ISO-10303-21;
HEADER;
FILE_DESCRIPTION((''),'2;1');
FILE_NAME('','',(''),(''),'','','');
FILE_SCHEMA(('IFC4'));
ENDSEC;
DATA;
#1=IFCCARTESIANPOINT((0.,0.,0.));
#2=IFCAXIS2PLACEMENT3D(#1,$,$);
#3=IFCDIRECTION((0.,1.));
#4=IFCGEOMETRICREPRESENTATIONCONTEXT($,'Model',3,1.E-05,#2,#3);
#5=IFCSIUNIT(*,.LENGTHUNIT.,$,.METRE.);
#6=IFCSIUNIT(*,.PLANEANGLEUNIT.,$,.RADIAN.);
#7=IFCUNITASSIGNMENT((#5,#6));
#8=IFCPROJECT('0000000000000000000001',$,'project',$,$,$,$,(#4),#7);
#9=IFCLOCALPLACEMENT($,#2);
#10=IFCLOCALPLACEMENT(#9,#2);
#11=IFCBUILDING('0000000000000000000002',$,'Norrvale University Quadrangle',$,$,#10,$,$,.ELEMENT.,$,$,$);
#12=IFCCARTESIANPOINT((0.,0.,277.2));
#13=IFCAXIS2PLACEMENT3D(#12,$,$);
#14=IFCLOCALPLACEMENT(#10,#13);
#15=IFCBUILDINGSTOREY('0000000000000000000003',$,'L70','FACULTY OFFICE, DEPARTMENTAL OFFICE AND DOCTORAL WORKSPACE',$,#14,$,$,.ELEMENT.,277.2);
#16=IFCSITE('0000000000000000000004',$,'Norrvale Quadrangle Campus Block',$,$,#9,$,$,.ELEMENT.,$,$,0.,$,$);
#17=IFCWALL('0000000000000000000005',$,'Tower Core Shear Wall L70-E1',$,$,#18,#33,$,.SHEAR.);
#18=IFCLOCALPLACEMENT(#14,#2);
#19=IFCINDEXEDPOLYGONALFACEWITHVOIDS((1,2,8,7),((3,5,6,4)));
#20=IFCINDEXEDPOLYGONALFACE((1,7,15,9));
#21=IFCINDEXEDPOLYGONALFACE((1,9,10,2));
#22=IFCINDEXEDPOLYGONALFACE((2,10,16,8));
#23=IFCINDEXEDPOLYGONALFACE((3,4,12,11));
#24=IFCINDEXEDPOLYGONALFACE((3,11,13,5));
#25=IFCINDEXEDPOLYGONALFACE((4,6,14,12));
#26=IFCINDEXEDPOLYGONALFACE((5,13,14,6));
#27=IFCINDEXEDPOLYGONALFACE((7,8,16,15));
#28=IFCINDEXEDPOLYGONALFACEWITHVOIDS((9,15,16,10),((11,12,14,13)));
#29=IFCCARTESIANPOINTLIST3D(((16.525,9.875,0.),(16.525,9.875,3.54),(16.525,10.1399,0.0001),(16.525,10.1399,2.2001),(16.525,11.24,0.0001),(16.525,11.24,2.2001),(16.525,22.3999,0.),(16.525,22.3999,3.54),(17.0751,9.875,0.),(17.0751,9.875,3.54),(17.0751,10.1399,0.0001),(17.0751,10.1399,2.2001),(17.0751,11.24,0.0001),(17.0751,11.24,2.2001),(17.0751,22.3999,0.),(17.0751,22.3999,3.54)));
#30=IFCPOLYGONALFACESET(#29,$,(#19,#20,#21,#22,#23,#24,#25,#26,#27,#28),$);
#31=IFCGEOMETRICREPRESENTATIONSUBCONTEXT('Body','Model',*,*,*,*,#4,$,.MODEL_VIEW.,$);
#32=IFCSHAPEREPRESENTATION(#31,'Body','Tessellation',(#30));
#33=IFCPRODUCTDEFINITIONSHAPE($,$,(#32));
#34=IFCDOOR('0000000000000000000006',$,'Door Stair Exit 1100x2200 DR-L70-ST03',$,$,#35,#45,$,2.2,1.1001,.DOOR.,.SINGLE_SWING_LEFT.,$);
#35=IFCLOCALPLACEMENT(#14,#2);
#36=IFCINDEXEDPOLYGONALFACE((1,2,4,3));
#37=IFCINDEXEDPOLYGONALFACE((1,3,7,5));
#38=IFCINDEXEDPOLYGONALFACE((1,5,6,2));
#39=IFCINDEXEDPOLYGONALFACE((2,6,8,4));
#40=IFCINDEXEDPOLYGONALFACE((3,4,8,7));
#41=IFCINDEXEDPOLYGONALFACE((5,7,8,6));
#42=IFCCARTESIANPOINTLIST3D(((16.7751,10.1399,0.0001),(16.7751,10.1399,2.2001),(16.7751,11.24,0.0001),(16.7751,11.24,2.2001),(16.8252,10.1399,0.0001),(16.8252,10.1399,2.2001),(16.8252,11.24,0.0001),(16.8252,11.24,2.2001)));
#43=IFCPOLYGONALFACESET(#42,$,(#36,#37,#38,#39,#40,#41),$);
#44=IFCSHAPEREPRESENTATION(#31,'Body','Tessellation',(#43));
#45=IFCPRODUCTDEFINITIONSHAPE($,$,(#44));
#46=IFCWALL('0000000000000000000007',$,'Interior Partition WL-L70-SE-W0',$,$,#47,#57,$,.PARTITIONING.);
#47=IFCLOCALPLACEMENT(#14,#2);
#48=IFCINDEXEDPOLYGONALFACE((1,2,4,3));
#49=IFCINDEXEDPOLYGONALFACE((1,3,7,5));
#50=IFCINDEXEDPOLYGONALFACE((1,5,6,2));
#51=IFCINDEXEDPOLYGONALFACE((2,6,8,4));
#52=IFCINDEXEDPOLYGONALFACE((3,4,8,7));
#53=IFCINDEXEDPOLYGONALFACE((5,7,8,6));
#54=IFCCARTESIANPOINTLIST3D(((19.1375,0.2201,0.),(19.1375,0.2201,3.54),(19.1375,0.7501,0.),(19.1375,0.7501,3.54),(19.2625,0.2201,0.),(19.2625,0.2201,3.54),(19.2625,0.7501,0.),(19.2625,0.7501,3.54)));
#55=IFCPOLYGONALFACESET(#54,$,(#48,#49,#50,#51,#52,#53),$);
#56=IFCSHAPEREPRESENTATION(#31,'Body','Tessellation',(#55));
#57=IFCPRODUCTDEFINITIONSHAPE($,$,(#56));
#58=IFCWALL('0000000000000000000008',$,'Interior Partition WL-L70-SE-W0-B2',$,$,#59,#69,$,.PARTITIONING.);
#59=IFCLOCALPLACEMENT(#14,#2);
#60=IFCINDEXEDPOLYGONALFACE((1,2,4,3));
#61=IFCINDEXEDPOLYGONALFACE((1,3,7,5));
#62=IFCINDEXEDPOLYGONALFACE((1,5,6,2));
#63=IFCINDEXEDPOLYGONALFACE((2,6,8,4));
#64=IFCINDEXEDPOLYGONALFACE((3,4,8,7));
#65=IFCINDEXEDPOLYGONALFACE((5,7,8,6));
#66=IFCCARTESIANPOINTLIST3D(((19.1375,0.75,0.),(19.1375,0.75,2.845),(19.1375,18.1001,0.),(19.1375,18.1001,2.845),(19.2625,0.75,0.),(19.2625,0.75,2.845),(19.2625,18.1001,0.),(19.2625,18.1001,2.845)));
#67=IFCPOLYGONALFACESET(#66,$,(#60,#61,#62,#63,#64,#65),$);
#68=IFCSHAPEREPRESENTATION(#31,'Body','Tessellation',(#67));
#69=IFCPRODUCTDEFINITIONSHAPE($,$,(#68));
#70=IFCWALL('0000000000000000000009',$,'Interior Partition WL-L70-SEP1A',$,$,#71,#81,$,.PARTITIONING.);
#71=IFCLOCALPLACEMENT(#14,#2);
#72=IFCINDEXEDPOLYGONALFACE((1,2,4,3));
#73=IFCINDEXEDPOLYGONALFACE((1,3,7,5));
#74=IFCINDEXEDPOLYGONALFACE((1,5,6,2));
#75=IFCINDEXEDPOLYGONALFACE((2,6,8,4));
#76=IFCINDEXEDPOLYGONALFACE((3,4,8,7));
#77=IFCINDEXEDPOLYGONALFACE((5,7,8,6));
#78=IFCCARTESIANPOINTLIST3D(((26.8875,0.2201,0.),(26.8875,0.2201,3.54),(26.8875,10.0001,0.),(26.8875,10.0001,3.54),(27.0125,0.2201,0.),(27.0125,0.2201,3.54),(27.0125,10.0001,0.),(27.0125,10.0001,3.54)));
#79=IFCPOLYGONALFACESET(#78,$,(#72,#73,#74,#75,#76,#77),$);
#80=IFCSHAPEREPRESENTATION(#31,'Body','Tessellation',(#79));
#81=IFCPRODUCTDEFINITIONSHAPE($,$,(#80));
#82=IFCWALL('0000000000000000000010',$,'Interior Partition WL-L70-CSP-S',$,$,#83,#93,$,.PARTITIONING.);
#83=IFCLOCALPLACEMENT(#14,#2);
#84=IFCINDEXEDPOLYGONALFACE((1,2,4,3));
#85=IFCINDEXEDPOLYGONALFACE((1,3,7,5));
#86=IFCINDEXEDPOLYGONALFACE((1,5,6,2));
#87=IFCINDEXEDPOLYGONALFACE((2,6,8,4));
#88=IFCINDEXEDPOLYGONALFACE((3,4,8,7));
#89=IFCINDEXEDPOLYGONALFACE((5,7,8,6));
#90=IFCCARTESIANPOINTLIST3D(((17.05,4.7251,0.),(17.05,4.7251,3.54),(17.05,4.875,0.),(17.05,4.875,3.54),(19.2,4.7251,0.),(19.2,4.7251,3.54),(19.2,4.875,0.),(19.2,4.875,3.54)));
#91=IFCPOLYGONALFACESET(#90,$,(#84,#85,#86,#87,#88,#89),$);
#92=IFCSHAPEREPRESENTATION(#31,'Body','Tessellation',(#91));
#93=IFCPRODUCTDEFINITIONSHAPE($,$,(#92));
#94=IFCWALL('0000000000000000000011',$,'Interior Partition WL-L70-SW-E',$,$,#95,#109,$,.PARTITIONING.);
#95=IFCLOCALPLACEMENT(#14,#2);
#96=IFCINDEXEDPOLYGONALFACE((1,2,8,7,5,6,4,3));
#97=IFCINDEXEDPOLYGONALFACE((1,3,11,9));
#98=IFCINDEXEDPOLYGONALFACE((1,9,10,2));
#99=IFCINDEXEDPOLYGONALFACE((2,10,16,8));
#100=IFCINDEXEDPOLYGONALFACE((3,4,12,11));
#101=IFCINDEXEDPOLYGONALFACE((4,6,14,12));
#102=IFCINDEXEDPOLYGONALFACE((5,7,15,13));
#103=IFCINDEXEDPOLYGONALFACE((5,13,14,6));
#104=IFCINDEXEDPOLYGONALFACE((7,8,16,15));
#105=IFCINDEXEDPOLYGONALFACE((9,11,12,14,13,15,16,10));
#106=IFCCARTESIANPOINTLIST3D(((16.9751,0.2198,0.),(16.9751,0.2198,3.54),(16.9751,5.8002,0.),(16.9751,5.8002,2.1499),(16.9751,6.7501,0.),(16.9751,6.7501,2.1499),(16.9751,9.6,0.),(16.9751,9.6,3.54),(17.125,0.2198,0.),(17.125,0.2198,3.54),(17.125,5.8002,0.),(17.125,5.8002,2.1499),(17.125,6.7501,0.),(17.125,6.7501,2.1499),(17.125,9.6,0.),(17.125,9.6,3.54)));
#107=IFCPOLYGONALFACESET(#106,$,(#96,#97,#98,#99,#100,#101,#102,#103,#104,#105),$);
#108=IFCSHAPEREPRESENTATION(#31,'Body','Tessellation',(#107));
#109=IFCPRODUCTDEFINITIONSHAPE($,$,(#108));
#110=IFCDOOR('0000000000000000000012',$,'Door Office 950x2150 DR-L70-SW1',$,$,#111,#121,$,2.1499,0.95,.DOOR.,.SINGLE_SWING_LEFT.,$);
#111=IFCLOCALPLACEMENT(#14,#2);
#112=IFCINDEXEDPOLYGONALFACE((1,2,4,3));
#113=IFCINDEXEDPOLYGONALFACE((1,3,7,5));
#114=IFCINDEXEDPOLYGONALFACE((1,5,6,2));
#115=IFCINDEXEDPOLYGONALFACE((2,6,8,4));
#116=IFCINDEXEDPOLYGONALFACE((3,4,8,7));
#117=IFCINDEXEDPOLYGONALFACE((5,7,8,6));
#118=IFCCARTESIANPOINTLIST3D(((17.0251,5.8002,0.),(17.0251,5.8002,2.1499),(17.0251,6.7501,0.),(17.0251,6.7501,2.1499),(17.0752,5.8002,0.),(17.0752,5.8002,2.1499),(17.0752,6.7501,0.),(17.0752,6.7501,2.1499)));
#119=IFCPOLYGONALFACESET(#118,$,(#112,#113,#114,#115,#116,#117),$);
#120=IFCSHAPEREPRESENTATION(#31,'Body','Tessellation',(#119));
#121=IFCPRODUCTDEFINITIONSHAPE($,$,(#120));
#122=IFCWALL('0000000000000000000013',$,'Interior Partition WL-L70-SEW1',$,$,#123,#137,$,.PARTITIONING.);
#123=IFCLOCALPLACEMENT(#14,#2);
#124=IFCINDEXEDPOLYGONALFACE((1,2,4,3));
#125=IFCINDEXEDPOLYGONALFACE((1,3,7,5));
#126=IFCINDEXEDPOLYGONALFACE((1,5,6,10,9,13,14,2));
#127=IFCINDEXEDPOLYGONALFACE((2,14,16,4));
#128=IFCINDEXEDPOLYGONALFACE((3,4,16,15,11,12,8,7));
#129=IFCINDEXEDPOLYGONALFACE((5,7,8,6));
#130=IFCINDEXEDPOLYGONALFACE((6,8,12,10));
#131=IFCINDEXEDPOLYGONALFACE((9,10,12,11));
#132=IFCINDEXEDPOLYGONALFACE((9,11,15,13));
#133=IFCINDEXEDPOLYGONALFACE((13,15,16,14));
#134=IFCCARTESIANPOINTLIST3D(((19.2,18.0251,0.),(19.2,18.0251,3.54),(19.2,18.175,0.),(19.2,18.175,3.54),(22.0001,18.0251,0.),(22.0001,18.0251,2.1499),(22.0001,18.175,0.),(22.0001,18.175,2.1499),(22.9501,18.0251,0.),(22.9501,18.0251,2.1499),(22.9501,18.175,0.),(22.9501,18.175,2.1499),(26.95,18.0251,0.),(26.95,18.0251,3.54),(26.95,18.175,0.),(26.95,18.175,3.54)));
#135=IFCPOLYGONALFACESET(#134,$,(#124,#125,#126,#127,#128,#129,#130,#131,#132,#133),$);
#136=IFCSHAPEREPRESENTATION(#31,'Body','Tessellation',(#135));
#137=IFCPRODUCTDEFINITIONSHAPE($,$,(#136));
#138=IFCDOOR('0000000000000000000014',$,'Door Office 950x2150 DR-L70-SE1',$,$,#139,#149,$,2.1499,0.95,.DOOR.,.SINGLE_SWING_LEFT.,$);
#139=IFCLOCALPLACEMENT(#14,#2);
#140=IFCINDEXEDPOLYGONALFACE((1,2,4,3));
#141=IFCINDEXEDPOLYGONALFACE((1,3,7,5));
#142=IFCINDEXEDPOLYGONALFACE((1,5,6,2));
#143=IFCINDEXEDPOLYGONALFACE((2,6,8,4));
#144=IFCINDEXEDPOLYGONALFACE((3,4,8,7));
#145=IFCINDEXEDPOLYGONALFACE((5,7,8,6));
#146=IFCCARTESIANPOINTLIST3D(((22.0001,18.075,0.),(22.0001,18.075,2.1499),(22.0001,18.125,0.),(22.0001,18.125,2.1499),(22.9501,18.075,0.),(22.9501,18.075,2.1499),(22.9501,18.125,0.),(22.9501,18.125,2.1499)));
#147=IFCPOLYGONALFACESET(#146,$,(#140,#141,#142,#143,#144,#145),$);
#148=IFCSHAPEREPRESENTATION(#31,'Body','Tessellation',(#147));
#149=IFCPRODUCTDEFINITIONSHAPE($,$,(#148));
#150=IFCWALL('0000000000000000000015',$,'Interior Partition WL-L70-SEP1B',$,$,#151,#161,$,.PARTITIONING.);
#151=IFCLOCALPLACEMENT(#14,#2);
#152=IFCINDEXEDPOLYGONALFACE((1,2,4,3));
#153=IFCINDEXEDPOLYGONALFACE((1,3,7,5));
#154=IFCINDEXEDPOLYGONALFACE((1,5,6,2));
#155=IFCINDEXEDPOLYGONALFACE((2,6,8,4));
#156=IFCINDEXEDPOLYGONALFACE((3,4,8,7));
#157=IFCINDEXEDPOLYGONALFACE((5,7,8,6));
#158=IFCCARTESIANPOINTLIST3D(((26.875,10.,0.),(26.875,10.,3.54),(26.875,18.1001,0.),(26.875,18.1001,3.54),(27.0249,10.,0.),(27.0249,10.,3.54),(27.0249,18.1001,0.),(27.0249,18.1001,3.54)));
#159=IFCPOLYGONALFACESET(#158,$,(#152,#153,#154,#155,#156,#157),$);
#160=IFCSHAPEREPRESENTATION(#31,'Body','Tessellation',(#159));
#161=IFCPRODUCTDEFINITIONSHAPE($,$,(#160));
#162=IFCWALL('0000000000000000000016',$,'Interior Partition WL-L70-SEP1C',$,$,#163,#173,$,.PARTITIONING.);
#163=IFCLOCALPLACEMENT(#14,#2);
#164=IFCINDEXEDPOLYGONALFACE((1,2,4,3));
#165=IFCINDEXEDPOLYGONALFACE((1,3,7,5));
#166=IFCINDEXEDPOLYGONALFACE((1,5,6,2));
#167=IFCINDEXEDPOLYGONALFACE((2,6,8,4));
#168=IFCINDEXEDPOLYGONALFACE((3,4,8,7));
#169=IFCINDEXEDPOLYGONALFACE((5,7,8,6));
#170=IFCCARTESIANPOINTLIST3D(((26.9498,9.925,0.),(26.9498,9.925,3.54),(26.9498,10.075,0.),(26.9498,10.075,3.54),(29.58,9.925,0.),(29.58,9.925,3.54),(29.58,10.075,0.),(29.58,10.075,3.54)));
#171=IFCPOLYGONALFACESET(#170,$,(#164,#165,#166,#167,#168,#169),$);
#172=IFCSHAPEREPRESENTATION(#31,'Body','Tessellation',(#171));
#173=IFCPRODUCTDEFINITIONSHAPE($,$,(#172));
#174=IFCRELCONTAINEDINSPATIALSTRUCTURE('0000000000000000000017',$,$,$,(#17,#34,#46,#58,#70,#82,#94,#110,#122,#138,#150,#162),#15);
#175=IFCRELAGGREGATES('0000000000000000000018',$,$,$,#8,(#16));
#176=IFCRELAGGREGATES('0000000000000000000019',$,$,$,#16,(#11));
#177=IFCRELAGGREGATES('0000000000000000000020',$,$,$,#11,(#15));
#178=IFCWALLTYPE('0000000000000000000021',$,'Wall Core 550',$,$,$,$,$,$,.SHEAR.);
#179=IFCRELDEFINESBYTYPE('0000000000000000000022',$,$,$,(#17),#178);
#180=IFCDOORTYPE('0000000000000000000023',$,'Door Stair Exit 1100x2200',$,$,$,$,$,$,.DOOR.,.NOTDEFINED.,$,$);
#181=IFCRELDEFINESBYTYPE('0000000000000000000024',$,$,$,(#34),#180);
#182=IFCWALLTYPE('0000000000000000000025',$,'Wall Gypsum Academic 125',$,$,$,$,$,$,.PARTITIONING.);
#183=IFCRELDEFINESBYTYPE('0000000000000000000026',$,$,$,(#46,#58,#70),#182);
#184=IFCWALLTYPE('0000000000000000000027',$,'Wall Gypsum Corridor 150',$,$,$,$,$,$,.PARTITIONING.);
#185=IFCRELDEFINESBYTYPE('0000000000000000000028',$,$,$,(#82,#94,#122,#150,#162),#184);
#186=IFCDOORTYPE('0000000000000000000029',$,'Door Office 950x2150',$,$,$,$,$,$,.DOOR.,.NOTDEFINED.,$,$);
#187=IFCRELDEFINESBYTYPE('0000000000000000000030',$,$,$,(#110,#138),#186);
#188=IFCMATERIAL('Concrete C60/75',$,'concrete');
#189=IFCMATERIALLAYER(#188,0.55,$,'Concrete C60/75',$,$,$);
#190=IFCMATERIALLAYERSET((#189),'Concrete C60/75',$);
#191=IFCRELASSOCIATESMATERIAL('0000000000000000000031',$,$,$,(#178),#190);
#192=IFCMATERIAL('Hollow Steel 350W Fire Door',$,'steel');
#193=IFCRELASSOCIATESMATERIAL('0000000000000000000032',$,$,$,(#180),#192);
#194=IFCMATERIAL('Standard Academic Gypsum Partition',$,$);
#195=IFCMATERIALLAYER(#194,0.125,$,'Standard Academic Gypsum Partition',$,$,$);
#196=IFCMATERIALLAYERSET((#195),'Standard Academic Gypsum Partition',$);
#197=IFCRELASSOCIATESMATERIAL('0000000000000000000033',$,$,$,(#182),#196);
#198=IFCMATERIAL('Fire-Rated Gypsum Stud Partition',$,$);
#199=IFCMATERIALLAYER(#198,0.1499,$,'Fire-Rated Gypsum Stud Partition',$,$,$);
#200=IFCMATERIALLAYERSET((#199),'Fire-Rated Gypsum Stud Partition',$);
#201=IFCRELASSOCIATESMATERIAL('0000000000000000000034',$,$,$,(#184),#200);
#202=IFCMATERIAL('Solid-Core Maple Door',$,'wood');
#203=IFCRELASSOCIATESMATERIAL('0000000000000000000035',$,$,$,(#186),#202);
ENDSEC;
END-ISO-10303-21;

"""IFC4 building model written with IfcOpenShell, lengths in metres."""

from ifc_helpers import new_model, si_unit, direction, frame, frame_2d, origin, place, context, subcontext, project, spatial, rectangle, extrude, material, layer, layer_set, type_object, element, fill, save


model = new_model("IFC4")

# Units and contexts
model_context = context("Model", 3, precision=1e-05, world=origin(), true_north=direction((0.0, 1.0)))
body_context = subcontext(model_context, "Body", "Model", "MODEL_VIEW")
ifc_project = project(units=[si_unit("LENGTHUNIT", "METRE"), si_unit("PLANEANGLEUNIT", "RADIAN")], contexts=[model_context])

# Site, building, storey
site_placement = place(None, origin())
site = spatial("IfcSite", under=ifc_project, at=site_placement, Name="Norrvale Quadrangle Campus Block", CompositionType="ELEMENT", RefElevation=0.0)
building_placement = place(site_placement, origin())
building = spatial("IfcBuilding", under=site, at=building_placement, Name="Norrvale University Quadrangle", CompositionType="ELEMENT")
storey_placement = place(building_placement, frame((0.0, 0.0, 277.2)))
storey = spatial("IfcBuildingStorey", under=building, at=storey_placement, Name="L70", Description="FACULTY OFFICE, DEPARTMENTAL OFFICE AND DOCTORAL WORKSPACE", CompositionType="ELEMENT", Elevation=277.2)

# Shared definitions
ifc_material_1 = material(Name="Concrete C60/75", Category="concrete")

# Wall, opening, door
ifc_layer_1 = layer(ifc_material_1, 0.55, Name="Concrete C60/75")
ifc_layer_set_1 = layer_set([ifc_layer_1], Name="Concrete C60/75")
wall_type_1 = type_object("IfcWallType", Name="Wall Core 550", PredefinedType="SHEAR", material=ifc_layer_set_1)
wall_1_placement = place(storey_placement, frame((16.8, 9.875, 0.0), z_axis=(0.0, 0.0, 1.0), x_axis=(0.0, 1.0, 0.0)))
wall_1 = element("IfcWall", 1, at=wall_1_placement, inside=storey, type_object=wall_type_1, Name="Tower Core Shear Wall L70-E1", PredefinedType="SHEAR", context=body_context, shape_type="SweptSolid", body=[
    extrude(rectangle(XDim=12.5249, YDim=0.55, at=frame_2d((6.2625, 0.0))), origin(), (0.0, 0.0, 1.0), 3.54),
])
opening_1_placement = place(wall_1_placement, frame((0.2649, 0.0, 0.0)))
opening_1 = element("IfcOpeningElement", 2, at=opening_1_placement, cuts=wall_1, PredefinedType="OPENING", context=body_context, shape_type="SweptSolid", body=[
    extrude(rectangle(XDim=1.1001, YDim=2.2, at=frame_2d((0.55, 1.1001))), frame((0.0, 0.2871, 0.0), z_axis=(0.0, -1.0, 0.0), x_axis=(1.0, 0.0, 0.0)), (0.0, 0.0, 1.0), 0.574),
])
ifc_material_2 = material(Name="Hollow Steel 350W Fire Door", Category="steel")
door_type_1 = type_object("IfcDoorType", Name="Door Stair Exit 1100x2200", OperationType="NOTDEFINED", PredefinedType="DOOR", material=ifc_material_2)
door_1_placement = place(opening_1_placement, origin())
door_1 = element("IfcDoor", 3, at=door_1_placement, inside=storey, type_object=door_type_1, Name="Door Stair Exit 1100x2200 DR-L70-ST03", OperationType="SINGLE_SWING_LEFT", OverallHeight=2.2, OverallWidth=1.1001, PredefinedType="DOOR", context=body_context, shape_type="SweptSolid", body=[
    extrude(rectangle(XDim=1.1001, YDim=2.2, at=frame_2d((0.55, 1.1001))), frame((0.0, 0.0249, 0.0), z_axis=(0.0, -1.0, 0.0), x_axis=(1.0, 0.0, 0.0)), (0.0, 0.0, 1.0), 0.05),
])
fill(opening_1, door_1)

# Walls
ifc_material_3 = material(Name="Standard Academic Gypsum Partition")
ifc_layer_2 = layer(ifc_material_3, 0.125, Name="Standard Academic Gypsum Partition")
ifc_layer_set_2 = layer_set([ifc_layer_2], Name="Standard Academic Gypsum Partition")
wall_type_2 = type_object("IfcWallType", Name="Wall Gypsum Academic 125", PredefinedType="PARTITIONING", material=ifc_layer_set_2)
wall_2_placement = place(storey_placement, frame((19.2, 0.22, 0.0), z_axis=(0.0, 0.0, 1.0), x_axis=(0.0, 1.0, 0.0)))
element("IfcWall", 4, at=wall_2_placement, inside=storey, type_object=wall_type_2, Name="Interior Partition WL-L70-SE-W0", PredefinedType="PARTITIONING", context=body_context, shape_type="SweptSolid", body=[
    extrude(rectangle(XDim=0.53, YDim=0.125, at=frame_2d((0.2651, 0.0))), origin(), (0.0, 0.0, 1.0), 3.54),
])
wall_3_placement = place(storey_placement, frame((19.2, 0.75, 0.0), z_axis=(0.0, 0.0, 1.0), x_axis=(0.0, 1.0, 0.0)))
element("IfcWall", 5, at=wall_3_placement, inside=storey, type_object=wall_type_2, Name="Interior Partition WL-L70-SE-W0-B2", PredefinedType="PARTITIONING", context=body_context, shape_type="SweptSolid", body=[
    extrude(rectangle(XDim=17.3501, YDim=0.125, at=frame_2d((8.675, 0.0))), origin(), (0.0, 0.0, 1.0), 2.845),
])
wall_4_placement = place(storey_placement, frame((26.95, 0.22, 0.0), z_axis=(0.0, 0.0, 1.0), x_axis=(0.0, 1.0, 0.0)))
element("IfcWall", 6, at=wall_4_placement, inside=storey, type_object=wall_type_2, Name="Interior Partition WL-L70-SEP1A", PredefinedType="PARTITIONING", context=body_context, shape_type="SweptSolid", body=[
    extrude(rectangle(XDim=9.78, YDim=0.125, at=frame_2d((4.8901, 0.0))), origin(), (0.0, 0.0, 1.0), 3.54),
])
ifc_material_4 = material(Name="Fire-Rated Gypsum Stud Partition")
ifc_layer_3 = layer(ifc_material_4, 0.1499, Name="Fire-Rated Gypsum Stud Partition")
ifc_layer_set_3 = layer_set([ifc_layer_3], Name="Fire-Rated Gypsum Stud Partition")
wall_type_3 = type_object("IfcWallType", Name="Wall Gypsum Corridor 150", PredefinedType="PARTITIONING", material=ifc_layer_set_3)
wall_5_placement = place(storey_placement, frame((17.05, 4.8, 0.0), z_axis=(0.0, 0.0, 1.0), x_axis=(1.0, 0.0, 0.0)))
element("IfcWall", 7, at=wall_5_placement, inside=storey, type_object=wall_type_3, Name="Interior Partition WL-L70-CSP-S", PredefinedType="PARTITIONING", context=body_context, shape_type="SweptSolid", body=[
    extrude(rectangle(XDim=2.1499, YDim=0.1499, at=frame_2d((1.075, 0.0))), origin(), (0.0, 0.0, 1.0), 3.54),
])

# Walls, openings, doors
wall_6_placement = place(storey_placement, frame((17.05, 0.22, 0.0), z_axis=(0.0, 0.0, 1.0), x_axis=(0.0, 1.0, 0.0)))
wall_6 = element("IfcWall", 8, at=wall_6_placement, inside=storey, type_object=wall_type_3, Name="Interior Partition WL-L70-SW-E", PredefinedType="PARTITIONING", context=body_context, shape_type="SweptSolid", body=[
    extrude(rectangle(XDim=9.3801, YDim=0.1499, at=frame_2d((4.6899, 0.0))), origin(), (0.0, 0.0, 1.0), 3.54),
])
opening_2_placement = place(wall_6_placement, frame((5.5801, 0.0, 0.0)))
opening_2 = element("IfcOpeningElement", 9, at=opening_2_placement, cuts=wall_6, PredefinedType="OPENING", context=body_context, shape_type="SweptSolid", body=[
    extrude(rectangle(XDim=0.95, YDim=2.1499, at=frame_2d((0.4751, 1.075))), frame((0.0, 0.0869, 0.0), z_axis=(0.0, -1.0, 0.0), x_axis=(1.0, 0.0, 0.0)), (0.0, 0.0, 1.0), 0.1738),
])
ifc_material_5 = material(Name="Solid-Core Maple Door", Category="wood")
door_type_2 = type_object("IfcDoorType", Name="Door Office 950x2150", OperationType="NOTDEFINED", PredefinedType="DOOR", material=ifc_material_5)
door_2_placement = place(opening_2_placement, origin())
door_2 = element("IfcDoor", 10, at=door_2_placement, inside=storey, type_object=door_type_2, Name="Door Office 950x2150 DR-L70-SW1", OperationType="SINGLE_SWING_LEFT", OverallHeight=2.1499, OverallWidth=0.95, PredefinedType="DOOR", context=body_context, shape_type="SweptSolid", body=[
    extrude(rectangle(XDim=0.95, YDim=2.1499, at=frame_2d((0.4751, 1.075))), frame((0.0, 0.0249, 0.0), z_axis=(0.0, -1.0, 0.0), x_axis=(1.0, 0.0, 0.0)), (0.0, 0.0, 1.0), 0.05),
])
fill(opening_2, door_2)
wall_7_placement = place(storey_placement, frame((19.2, 18.1001, 0.0), z_axis=(0.0, 0.0, 1.0), x_axis=(1.0, 0.0, 0.0)))
wall_7 = element("IfcWall", 11, at=wall_7_placement, inside=storey, type_object=wall_type_3, Name="Interior Partition WL-L70-SEW1", PredefinedType="PARTITIONING", context=body_context, shape_type="SweptSolid", body=[
    extrude(rectangle(XDim=7.75, YDim=0.1499, at=frame_2d((3.875, 0.0))), origin(), (0.0, 0.0, 1.0), 3.54),
])
opening_3_placement = place(wall_7_placement, frame((2.8, 0.0, 0.0)))
opening_3 = element("IfcOpeningElement", 12, at=opening_3_placement, cuts=wall_7, PredefinedType="OPENING", context=body_context, shape_type="SweptSolid", body=[
    extrude(rectangle(XDim=0.95, YDim=2.1499, at=frame_2d((0.4751, 1.075))), frame((0.0, 0.0869, 0.0), z_axis=(0.0, -1.0, 0.0), x_axis=(1.0, 0.0, 0.0)), (0.0, 0.0, 1.0), 0.1738),
])
door_3_placement = place(opening_3_placement, origin())
door_3 = element("IfcDoor", 13, at=door_3_placement, inside=storey, type_object=door_type_2, Name="Door Office 950x2150 DR-L70-SE1", OperationType="SINGLE_SWING_LEFT", OverallHeight=2.1499, OverallWidth=0.95, PredefinedType="DOOR", context=body_context, shape_type="SweptSolid", body=[
    extrude(rectangle(XDim=0.95, YDim=2.1499, at=frame_2d((0.4751, 1.075))), frame((0.0, 0.0249, 0.0), z_axis=(0.0, -1.0, 0.0), x_axis=(1.0, 0.0, 0.0)), (0.0, 0.0, 1.0), 0.05),
])
fill(opening_3, door_3)

# Walls
wall_8_placement = place(storey_placement, frame((26.95, 10.0, 0.0), z_axis=(0.0, 0.0, 1.0), x_axis=(0.0, 1.0, 0.0)))
element("IfcWall", 14, at=wall_8_placement, inside=storey, type_object=wall_type_3, Name="Interior Partition WL-L70-SEP1B", PredefinedType="PARTITIONING", context=body_context, shape_type="SweptSolid", body=[
    extrude(rectangle(XDim=8.1001, YDim=0.1499, at=frame_2d((4.05, 0.0))), origin(), (0.0, 0.0, 1.0), 3.54),
])
wall_9_placement = place(storey_placement, frame((26.95, 10.0, 0.0), z_axis=(0.0, 0.0, 1.0), x_axis=(1.0, 0.0, 0.0)))
element("IfcWall", 15, at=wall_9_placement, inside=storey, type_object=wall_type_3, Name="Interior Partition WL-L70-SEP1C", PredefinedType="PARTITIONING", context=body_context, shape_type="SweptSolid", body=[
    extrude(rectangle(XDim=2.6301, YDim=0.1499, at=frame_2d((1.3149, 0.0))), origin(), (0.0, 0.0, 1.0), 3.54),
])

save(model, "model.ifc")
